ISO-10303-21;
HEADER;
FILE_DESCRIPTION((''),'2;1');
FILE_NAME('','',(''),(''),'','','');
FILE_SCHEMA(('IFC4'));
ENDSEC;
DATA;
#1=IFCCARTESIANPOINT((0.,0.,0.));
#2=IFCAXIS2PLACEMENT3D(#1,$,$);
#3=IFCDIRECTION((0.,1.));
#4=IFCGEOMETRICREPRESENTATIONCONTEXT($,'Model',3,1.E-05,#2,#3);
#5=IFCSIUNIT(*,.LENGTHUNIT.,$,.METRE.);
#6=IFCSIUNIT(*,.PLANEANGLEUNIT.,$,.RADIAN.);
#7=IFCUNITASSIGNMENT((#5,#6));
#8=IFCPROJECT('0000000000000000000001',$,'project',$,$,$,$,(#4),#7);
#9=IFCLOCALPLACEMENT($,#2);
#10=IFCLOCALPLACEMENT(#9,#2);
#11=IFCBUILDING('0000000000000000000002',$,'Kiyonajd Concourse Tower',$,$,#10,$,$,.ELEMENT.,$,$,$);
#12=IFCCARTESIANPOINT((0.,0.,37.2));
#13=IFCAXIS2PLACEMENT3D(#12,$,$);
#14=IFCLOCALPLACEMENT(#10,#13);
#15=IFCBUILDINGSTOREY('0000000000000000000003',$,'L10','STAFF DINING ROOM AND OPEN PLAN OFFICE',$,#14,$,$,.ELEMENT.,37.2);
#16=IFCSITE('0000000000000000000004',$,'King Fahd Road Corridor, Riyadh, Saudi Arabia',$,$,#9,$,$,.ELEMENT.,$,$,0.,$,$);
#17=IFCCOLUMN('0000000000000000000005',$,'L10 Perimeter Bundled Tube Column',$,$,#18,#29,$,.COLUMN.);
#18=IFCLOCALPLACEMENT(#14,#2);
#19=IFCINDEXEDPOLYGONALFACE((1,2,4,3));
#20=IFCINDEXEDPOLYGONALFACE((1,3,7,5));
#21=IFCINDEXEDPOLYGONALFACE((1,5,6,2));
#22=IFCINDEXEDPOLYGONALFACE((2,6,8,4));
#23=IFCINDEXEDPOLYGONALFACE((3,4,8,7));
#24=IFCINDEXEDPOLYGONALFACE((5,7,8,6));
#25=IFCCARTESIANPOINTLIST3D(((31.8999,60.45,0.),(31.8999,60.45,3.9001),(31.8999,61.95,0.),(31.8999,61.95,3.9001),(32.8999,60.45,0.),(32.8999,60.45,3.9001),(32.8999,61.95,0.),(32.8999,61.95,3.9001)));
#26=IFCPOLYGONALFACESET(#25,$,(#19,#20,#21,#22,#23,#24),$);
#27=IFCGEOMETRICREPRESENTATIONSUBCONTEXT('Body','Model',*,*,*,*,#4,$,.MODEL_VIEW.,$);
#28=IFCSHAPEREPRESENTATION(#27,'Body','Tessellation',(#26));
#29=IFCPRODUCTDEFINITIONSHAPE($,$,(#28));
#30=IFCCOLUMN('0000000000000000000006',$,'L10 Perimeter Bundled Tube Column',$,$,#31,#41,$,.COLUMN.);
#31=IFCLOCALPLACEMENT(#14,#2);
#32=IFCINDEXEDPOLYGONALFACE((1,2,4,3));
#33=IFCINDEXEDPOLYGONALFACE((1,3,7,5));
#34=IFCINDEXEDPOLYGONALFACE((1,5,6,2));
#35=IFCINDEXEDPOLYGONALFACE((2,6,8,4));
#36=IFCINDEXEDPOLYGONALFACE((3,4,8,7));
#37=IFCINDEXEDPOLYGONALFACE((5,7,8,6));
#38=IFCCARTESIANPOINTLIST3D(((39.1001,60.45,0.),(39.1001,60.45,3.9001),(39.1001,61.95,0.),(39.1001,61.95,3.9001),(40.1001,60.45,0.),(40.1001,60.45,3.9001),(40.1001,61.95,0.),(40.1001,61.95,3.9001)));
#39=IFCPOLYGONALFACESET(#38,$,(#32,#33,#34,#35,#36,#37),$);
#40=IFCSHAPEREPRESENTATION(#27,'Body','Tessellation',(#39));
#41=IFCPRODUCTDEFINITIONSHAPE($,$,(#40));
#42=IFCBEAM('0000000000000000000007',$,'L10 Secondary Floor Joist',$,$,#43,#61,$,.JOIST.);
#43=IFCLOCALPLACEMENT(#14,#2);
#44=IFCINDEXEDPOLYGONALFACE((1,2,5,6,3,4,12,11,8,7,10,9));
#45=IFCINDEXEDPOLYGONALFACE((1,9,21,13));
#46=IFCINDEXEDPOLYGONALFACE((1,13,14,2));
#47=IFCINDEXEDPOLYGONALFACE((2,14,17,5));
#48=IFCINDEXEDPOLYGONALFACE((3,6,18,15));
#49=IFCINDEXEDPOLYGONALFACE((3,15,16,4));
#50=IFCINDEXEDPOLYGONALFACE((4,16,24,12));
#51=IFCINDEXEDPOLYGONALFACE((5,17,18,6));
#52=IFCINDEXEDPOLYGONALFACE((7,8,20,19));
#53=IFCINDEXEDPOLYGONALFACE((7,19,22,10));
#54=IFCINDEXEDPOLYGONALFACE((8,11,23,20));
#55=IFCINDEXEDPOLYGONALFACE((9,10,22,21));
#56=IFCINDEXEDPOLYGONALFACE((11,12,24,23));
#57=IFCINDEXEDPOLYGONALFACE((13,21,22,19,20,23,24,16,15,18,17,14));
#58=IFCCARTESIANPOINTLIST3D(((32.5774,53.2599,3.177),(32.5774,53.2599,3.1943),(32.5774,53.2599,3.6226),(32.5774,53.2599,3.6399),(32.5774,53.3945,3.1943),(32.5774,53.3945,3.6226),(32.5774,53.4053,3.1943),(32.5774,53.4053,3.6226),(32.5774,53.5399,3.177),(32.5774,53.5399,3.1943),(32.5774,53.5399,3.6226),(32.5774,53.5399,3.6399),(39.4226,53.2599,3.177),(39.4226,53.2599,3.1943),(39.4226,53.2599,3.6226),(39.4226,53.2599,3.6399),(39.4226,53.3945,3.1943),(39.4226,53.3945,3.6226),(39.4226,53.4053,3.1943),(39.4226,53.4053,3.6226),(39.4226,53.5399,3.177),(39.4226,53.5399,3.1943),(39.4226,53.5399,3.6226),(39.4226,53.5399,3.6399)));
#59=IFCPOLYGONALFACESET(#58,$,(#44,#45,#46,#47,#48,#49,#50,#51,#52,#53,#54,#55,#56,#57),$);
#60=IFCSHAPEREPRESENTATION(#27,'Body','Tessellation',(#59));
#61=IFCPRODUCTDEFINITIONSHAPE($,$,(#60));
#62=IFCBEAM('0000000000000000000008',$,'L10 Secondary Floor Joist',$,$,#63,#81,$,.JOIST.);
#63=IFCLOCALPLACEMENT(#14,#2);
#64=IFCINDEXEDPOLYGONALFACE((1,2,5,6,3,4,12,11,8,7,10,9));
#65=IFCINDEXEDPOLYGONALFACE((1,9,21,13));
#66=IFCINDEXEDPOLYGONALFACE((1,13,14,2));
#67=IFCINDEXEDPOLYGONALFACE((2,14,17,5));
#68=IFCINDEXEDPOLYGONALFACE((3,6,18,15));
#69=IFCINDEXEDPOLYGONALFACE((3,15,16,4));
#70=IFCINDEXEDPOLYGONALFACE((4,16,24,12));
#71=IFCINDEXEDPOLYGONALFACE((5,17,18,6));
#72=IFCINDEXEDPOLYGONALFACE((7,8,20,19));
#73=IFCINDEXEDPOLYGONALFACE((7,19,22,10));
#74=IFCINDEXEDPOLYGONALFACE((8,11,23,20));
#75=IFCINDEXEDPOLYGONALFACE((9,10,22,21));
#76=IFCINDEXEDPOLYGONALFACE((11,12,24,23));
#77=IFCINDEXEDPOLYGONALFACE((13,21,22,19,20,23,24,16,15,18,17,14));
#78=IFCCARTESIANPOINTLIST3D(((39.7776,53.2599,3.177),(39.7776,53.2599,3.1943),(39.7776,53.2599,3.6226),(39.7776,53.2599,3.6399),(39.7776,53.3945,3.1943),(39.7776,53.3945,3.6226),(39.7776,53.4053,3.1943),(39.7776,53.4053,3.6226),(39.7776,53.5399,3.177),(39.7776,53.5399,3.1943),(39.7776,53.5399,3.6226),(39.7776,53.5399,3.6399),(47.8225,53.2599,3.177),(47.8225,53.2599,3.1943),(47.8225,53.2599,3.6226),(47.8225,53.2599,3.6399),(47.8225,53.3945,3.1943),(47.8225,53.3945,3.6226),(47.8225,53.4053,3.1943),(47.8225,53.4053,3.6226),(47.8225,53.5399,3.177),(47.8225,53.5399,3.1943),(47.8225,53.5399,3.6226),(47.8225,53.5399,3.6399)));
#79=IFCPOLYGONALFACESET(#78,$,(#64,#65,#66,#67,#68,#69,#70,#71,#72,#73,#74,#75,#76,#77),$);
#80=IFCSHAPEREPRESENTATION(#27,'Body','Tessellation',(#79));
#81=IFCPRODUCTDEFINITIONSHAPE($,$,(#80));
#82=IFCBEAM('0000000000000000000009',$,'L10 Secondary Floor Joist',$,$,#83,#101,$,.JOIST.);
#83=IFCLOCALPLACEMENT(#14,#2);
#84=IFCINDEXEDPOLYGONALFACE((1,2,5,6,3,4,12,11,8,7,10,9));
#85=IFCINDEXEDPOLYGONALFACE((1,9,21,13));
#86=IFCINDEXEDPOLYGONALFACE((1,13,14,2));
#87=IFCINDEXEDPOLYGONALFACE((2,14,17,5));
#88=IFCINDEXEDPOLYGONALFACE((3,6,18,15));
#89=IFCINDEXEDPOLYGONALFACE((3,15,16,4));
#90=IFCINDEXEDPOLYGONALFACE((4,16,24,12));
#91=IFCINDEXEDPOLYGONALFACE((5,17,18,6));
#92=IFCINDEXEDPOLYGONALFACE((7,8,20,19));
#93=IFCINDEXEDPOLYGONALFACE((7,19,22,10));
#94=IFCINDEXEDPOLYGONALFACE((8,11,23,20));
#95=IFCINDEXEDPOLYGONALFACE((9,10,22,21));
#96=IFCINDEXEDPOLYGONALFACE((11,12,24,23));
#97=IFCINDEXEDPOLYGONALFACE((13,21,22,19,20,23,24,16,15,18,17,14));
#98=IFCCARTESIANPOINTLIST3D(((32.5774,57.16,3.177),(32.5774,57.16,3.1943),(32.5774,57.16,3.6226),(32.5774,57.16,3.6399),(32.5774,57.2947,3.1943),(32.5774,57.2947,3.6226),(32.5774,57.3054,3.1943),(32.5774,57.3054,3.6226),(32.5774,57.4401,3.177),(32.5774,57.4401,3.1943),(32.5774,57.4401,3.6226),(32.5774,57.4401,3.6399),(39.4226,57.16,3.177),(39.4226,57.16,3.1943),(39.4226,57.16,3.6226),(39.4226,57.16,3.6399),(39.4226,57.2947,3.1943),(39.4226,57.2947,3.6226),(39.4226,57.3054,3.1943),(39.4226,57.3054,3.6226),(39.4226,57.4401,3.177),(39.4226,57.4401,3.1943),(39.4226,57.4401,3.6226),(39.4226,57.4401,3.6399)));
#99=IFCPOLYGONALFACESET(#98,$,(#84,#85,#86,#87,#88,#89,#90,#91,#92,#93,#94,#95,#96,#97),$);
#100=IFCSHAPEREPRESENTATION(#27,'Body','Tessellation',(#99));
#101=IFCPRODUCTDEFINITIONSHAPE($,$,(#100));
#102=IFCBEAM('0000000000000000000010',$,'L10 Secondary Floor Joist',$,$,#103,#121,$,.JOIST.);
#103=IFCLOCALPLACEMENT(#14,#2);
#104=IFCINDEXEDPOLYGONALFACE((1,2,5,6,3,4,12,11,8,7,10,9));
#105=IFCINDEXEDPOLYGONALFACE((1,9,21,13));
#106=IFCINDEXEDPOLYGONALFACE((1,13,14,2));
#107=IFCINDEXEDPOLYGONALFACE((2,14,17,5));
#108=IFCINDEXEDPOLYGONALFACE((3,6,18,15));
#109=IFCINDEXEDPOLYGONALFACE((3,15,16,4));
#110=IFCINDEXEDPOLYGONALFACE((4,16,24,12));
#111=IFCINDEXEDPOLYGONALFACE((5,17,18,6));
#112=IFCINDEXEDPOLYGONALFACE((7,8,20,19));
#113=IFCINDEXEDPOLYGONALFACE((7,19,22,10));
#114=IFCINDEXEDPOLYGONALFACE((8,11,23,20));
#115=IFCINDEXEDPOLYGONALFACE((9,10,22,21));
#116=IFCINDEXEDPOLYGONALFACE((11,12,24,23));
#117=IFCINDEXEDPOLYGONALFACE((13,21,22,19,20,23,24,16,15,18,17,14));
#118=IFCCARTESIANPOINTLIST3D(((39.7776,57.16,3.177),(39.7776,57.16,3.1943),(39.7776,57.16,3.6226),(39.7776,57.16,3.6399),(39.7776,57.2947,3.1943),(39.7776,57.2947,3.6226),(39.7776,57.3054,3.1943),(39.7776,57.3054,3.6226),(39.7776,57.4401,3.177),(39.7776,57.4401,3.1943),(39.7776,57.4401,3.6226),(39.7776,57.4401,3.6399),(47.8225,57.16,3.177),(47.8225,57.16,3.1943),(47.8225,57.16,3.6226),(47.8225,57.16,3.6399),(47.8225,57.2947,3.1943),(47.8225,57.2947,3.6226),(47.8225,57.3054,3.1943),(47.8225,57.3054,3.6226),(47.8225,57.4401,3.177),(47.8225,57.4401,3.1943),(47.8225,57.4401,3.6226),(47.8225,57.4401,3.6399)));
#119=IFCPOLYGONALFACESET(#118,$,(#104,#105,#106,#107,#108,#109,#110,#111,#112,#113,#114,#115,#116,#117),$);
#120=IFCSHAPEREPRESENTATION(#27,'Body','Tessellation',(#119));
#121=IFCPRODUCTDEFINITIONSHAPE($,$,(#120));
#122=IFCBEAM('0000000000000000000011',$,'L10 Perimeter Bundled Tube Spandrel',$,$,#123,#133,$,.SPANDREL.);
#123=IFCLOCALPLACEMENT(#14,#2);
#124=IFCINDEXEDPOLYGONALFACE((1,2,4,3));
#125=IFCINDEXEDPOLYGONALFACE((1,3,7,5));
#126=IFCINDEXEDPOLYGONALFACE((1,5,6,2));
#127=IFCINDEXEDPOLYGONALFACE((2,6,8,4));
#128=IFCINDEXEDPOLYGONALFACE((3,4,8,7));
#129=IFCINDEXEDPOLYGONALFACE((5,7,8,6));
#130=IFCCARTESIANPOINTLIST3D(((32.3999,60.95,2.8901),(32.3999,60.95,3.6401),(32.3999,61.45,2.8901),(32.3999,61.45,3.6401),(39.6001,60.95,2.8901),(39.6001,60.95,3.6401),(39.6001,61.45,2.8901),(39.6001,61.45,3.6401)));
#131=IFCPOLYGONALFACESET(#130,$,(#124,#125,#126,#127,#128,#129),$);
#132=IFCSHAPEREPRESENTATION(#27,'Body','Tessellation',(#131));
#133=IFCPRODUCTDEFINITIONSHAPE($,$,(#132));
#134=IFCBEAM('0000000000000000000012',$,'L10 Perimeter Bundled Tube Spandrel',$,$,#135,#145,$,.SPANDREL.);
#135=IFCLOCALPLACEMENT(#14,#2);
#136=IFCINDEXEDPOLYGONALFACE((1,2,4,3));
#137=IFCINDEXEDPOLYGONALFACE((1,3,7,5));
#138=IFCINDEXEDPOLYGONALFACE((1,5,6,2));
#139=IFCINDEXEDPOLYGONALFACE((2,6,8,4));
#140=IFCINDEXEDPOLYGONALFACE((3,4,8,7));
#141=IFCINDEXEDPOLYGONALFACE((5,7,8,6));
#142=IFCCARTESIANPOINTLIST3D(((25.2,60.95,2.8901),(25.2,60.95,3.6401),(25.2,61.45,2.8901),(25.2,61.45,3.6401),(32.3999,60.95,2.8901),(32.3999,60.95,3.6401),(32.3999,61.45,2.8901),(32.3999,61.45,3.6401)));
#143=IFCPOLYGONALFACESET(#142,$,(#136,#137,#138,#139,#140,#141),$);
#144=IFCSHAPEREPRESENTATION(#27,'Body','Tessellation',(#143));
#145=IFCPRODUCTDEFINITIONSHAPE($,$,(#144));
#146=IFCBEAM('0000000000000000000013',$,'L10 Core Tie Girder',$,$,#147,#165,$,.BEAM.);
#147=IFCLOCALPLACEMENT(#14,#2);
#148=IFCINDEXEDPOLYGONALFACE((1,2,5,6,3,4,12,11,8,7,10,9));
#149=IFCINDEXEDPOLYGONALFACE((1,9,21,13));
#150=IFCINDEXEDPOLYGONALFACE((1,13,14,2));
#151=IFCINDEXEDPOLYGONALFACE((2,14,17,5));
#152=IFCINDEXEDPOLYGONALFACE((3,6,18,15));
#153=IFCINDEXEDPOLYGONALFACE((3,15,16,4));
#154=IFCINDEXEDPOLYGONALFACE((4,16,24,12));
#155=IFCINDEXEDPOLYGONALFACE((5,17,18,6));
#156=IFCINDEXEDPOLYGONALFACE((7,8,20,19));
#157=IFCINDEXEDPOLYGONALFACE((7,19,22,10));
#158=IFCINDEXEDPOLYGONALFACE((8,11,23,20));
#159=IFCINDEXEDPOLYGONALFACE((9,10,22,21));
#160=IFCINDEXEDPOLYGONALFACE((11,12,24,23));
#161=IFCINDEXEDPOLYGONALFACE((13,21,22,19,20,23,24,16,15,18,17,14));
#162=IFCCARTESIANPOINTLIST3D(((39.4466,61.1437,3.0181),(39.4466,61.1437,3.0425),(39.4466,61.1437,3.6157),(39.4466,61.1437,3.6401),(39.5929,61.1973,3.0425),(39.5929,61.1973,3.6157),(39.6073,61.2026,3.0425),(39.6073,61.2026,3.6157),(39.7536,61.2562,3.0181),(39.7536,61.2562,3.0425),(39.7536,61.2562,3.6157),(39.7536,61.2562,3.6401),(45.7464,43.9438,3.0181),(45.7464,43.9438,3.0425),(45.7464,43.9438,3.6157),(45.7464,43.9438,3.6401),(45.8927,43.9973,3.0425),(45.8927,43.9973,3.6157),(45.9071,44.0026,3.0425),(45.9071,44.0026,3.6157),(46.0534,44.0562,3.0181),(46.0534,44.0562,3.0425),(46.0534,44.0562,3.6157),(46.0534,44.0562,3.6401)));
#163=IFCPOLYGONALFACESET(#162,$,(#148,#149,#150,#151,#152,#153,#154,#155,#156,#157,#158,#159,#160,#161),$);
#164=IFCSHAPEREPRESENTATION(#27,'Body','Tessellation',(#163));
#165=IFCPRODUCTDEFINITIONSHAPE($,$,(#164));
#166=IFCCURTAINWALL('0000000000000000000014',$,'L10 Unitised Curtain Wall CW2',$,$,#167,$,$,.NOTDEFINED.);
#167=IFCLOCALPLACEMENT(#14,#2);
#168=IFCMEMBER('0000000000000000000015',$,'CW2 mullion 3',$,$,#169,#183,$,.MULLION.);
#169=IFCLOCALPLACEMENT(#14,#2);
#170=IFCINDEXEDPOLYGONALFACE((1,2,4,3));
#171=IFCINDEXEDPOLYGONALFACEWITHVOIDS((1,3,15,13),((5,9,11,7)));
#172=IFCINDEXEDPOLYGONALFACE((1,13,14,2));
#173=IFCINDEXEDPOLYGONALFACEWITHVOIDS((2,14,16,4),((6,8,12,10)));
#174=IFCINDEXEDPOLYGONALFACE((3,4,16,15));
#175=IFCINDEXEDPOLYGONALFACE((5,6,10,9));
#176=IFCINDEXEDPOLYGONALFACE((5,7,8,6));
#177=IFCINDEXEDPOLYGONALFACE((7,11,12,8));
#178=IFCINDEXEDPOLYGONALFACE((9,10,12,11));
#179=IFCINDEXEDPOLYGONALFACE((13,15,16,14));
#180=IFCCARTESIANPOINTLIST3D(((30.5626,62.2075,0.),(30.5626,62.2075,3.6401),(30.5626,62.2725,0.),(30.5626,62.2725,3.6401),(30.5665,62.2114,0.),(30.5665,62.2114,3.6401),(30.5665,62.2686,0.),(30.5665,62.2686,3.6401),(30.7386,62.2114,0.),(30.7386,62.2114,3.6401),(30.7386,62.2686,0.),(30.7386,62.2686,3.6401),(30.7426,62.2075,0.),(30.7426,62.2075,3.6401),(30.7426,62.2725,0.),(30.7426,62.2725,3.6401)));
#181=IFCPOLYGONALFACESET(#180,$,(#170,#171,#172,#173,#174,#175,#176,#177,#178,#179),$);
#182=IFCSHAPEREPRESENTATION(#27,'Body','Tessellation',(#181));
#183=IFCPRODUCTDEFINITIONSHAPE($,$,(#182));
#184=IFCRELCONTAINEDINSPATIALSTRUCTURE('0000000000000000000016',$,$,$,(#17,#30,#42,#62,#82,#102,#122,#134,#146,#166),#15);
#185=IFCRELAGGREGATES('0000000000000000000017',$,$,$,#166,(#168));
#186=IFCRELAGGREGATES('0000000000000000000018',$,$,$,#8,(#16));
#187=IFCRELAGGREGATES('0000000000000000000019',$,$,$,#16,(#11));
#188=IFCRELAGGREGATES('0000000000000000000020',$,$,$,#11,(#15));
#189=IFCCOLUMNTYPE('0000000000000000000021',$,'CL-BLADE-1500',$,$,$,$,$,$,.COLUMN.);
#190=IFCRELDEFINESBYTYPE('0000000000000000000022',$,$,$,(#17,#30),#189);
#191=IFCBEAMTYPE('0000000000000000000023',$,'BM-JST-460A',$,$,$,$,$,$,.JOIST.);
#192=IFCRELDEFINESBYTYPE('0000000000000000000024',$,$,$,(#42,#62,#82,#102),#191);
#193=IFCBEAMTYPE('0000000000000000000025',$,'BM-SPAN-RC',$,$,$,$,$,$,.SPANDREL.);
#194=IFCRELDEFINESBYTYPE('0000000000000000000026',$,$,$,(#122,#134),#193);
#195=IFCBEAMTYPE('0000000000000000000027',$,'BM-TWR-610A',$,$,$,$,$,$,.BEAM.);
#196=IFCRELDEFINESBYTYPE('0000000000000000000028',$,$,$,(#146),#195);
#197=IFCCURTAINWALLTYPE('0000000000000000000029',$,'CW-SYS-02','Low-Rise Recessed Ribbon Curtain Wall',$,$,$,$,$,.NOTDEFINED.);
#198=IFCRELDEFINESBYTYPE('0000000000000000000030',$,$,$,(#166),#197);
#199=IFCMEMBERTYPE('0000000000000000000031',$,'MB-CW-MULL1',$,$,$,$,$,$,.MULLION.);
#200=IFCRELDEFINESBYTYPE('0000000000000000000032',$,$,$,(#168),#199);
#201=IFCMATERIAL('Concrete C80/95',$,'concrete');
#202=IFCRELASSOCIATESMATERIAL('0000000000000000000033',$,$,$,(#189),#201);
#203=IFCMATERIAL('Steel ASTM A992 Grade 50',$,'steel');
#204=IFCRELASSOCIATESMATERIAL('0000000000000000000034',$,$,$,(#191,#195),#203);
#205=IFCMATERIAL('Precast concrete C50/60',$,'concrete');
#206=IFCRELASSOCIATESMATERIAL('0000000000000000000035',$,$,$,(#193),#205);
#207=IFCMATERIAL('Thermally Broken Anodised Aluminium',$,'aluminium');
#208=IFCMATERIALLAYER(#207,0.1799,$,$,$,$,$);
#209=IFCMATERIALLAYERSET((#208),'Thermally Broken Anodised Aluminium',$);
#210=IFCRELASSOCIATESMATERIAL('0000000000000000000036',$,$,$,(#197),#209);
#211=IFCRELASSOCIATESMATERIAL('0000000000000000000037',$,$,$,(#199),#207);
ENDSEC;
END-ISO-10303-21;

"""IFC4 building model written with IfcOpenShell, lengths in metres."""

from ifc_helpers import new_model, si_unit, direction, frame, origin, origin_2d, place, context, subcontext, project, spatial, rectangle, hollow_rectangle, i_section, extrude, material, layer, layer_set, material_profile, profile_set, type_object, element, aggregate, save


model = new_model("IFC4")

# Units and contexts
model_context = context("Model", 3, precision=1e-05, world=origin(), true_north=direction((0.0, 1.0)))
body_context = subcontext(model_context, "Body", "Model", "MODEL_VIEW")
ifc_project = project(units=[si_unit("LENGTHUNIT", "METRE"), si_unit("PLANEANGLEUNIT", "RADIAN")], contexts=[model_context])

# Site, building, storey
site_placement = place(None, origin())
site = spatial("IfcSite", under=ifc_project, at=site_placement, Name="King Fahd Road Corridor, Riyadh, Saudi Arabia", CompositionType="ELEMENT", RefElevation=0.0)
building_placement = place(site_placement, origin())
building = spatial("IfcBuilding", under=site, at=building_placement, Name="Kiyonajd Concourse Tower", CompositionType="ELEMENT")
storey_placement = place(building_placement, frame((0.0, 0.0, 37.2)))
storey = spatial("IfcBuildingStorey", under=building, at=storey_placement, Name="L10", Description="STAFF DINING ROOM AND OPEN PLAN OFFICE", CompositionType="ELEMENT", Elevation=37.2)

# Columns
ifc_material_1 = material(Name="Concrete C80/95", Category="concrete")
ifc_material_profile_1 = material_profile(ifc_material_1, rectangle(XDim=1.0, YDim=1.5, at=origin_2d()), Name="RC-1500x1000")
ifc_profile_set_1 = profile_set([ifc_material_profile_1], Name="Concrete C80/95")
column_type = type_object("IfcColumnType", Name="CL-BLADE-1500", PredefinedType="COLUMN", material=ifc_profile_set_1)
for number, where, z_axis, x_axis, name in (
    (1, (32.3999, 61.2, 0.0), (0.0, 0.0, 1.0), (1.0, 0.0, 0.0), "L10 Perimeter Bundled Tube Column"),
    (2, (39.6001, 61.2, 0.0), (0.0, 0.0, 1.0), (1.0, 0.0, 0.0), "L10 Perimeter Bundled Tube Column"),
):
    element("IfcColumn", number, at=place(storey_placement, frame(where, z_axis=z_axis, x_axis=x_axis)), inside=storey, type_object=column_type, Name=name, PredefinedType="COLUMN", context=body_context, shape_type="SweptSolid", body=[
        extrude(rectangle(XDim=1.0, YDim=1.5, at=origin_2d()), origin(), (0.0, 0.0, 1.0), 3.9001),
    ])

# Beams
ifc_material_2 = material(Name="Steel ASTM A992 Grade 50", Category="steel")
ifc_material_profile_2 = material_profile(ifc_material_2, i_section(OverallWidth=0.28, OverallDepth=0.4629, WebThickness=0.0107, FlangeThickness=0.0173, at=origin_2d()), Name="W460X113")
ifc_profile_set_2 = profile_set([ifc_material_profile_2], Name="Steel ASTM A992 Grade 50")
beam_type_1 = type_object("IfcBeamType", Name="BM-JST-460A", PredefinedType="JOIST", material=ifc_profile_set_2)
beam_1_placement = place(storey_placement, frame((32.5774, 53.3999, 3.4084), z_axis=(1.0, 0.0, 0.0), x_axis=(0.0, 1.0, 0.0)))
element("IfcBeam", 3, at=beam_1_placement, inside=storey, type_object=beam_type_1, Name="L10 Secondary Floor Joist", PredefinedType="JOIST", context=body_context, shape_type="SweptSolid", body=[
    extrude(i_section(OverallWidth=0.28, OverallDepth=0.4629, WebThickness=0.0107, FlangeThickness=0.0173, at=origin_2d()), origin(), (0.0, 0.0, 1.0), 6.8452),
])
beam_2_placement = place(storey_placement, frame((39.7776, 53.3999, 3.4084), z_axis=(1.0, 0.0, 0.0), x_axis=(0.0, 1.0, 0.0)))
element("IfcBeam", 4, at=beam_2_placement, inside=storey, type_object=beam_type_1, Name="L10 Secondary Floor Joist", PredefinedType="JOIST", context=body_context, shape_type="SweptSolid", body=[
    extrude(i_section(OverallWidth=0.28, OverallDepth=0.4629, WebThickness=0.0107, FlangeThickness=0.0173, at=origin_2d()), origin(), (0.0, 0.0, 1.0), 8.0449),
])
beam_3_placement = place(storey_placement, frame((32.5774, 57.3, 3.4084), z_axis=(1.0, 0.0, 0.0), x_axis=(0.0, 1.0, 0.0)))
element("IfcBeam", 5, at=beam_3_placement, inside=storey, type_object=beam_type_1, Name="L10 Secondary Floor Joist", PredefinedType="JOIST", context=body_context, shape_type="SweptSolid", body=[
    extrude(i_section(OverallWidth=0.28, OverallDepth=0.4629, WebThickness=0.0107, FlangeThickness=0.0173, at=origin_2d()), origin(), (0.0, 0.0, 1.0), 6.8452),
])
beam_4_placement = place(storey_placement, frame((39.7776, 57.3, 3.4084), z_axis=(1.0, 0.0, 0.0), x_axis=(0.0, 1.0, 0.0)))
element("IfcBeam", 6, at=beam_4_placement, inside=storey, type_object=beam_type_1, Name="L10 Secondary Floor Joist", PredefinedType="JOIST", context=body_context, shape_type="SweptSolid", body=[
    extrude(i_section(OverallWidth=0.28, OverallDepth=0.4629, WebThickness=0.0107, FlangeThickness=0.0173, at=origin_2d()), origin(), (0.0, 0.0, 1.0), 8.0449),
])
ifc_material_3 = material(Name="Precast concrete C50/60", Category="concrete")
ifc_material_profile_3 = material_profile(ifc_material_3, rectangle(XDim=0.5, YDim=0.75, at=origin_2d()), Name="RCBM-500x750")
ifc_profile_set_3 = profile_set([ifc_material_profile_3], Name="Precast concrete C50/60")
beam_type_2 = type_object("IfcBeamType", Name="BM-SPAN-RC", PredefinedType="SPANDREL", material=ifc_profile_set_3)
beam_5_placement = place(storey_placement, frame((39.6001, 61.2, 3.2651), z_axis=(-1.0, 0.0, 0.0), x_axis=(0.0, -1.0, 0.0)))
element("IfcBeam", 7, at=beam_5_placement, inside=storey, type_object=beam_type_2, Name="L10 Perimeter Bundled Tube Spandrel", PredefinedType="SPANDREL", context=body_context, shape_type="SweptSolid", body=[
    extrude(rectangle(XDim=0.5, YDim=0.75, at=origin_2d()), origin(), (0.0, 0.0, 1.0), 7.2002),
])
beam_6_placement = place(storey_placement, frame((32.3999, 61.2, 3.2651), z_axis=(-1.0, 0.0, 0.0), x_axis=(0.0, -1.0, 0.0)))
element("IfcBeam", 8, at=beam_6_placement, inside=storey, type_object=beam_type_2, Name="L10 Perimeter Bundled Tube Spandrel", PredefinedType="SPANDREL", context=body_context, shape_type="SweptSolid", body=[
    extrude(rectangle(XDim=0.5, YDim=0.75, at=origin_2d()), origin(), (0.0, 0.0, 1.0), 7.2),
])
ifc_material_profile_4 = material_profile(ifc_material_2, i_section(OverallWidth=0.3269, OverallDepth=0.6221, WebThickness=0.0154, FlangeThickness=0.0244, at=origin_2d()), Name="W610X195")
ifc_profile_set_4 = profile_set([ifc_material_profile_4], Name="Steel ASTM A992 Grade 50")
beam_type_3 = type_object("IfcBeamType", Name="BM-TWR-610A", PredefinedType="BEAM", material=ifc_profile_set_4)
beam_7_placement = place(storey_placement, frame((39.6001, 61.2, 3.3291), z_axis=(0.343925, -0.938997, 0.0), x_axis=(0.938997, 0.343925, 0.0)))
element("IfcBeam", 9, at=beam_7_placement, inside=storey, type_object=beam_type_3, Name="L10 Core Tie Girder", PredefinedType="BEAM", context=body_context, shape_type="SweptSolid", body=[
    extrude(i_section(OverallWidth=0.3269, OverallDepth=0.6221, WebThickness=0.0154, FlangeThickness=0.0244, at=origin_2d()), origin(), (0.0, 0.0, 1.0), 18.3174),
])

# Curtain wall, member
ifc_material_4 = material(Name="Thermally Broken Anodised Aluminium", Category="aluminium")
ifc_layer_1 = layer(ifc_material_4, 0.1799)
ifc_layer_set_1 = layer_set([ifc_layer_1], Name="Thermally Broken Anodised Aluminium")
curtain_wall_type = type_object("IfcCurtainWallType", Name="CW-SYS-02", Description="Low-Rise Recessed Ribbon Curtain Wall", PredefinedType="NOTDEFINED", material=ifc_layer_set_1)
curtain_wall_placement = place(storey_placement, origin())
curtain_wall = element("IfcCurtainWall", 10, at=curtain_wall_placement, inside=storey, type_object=curtain_wall_type, Name="L10 Unitised Curtain Wall CW2", PredefinedType="NOTDEFINED")
ifc_material_profile_5 = material_profile(ifc_material_4, hollow_rectangle(XDim=0.0649, YDim=0.1799, WallThickness=0.0039, at=origin_2d()), Name="MULL-65x180")
ifc_profile_set_5 = profile_set([ifc_material_profile_5], Name="Thermally Broken Anodised Aluminium")
member_type_1 = type_object("IfcMemberType", Name="MB-CW-MULL1", PredefinedType="MULLION", material=ifc_profile_set_5)
member_1_placement = place(storey_placement, frame((30.6526, 62.24, 0.0), z_axis=(0.0, 0.0, 1.0), x_axis=(0.0, 1.0, 0.0)))
member_1 = element("IfcMember", 11, at=member_1_placement, type_object=member_type_1, Name="CW2 mullion 3", PredefinedType="MULLION", context=body_context, shape_type="SweptSolid", body=[
    extrude(hollow_rectangle(XDim=0.0649, YDim=0.1799, WallThickness=0.0039, at=origin_2d()), origin(), (0.0, 0.0, 1.0), 3.6401),
])
aggregate(curtain_wall, [member_1])

save(model, "model.ifc")
